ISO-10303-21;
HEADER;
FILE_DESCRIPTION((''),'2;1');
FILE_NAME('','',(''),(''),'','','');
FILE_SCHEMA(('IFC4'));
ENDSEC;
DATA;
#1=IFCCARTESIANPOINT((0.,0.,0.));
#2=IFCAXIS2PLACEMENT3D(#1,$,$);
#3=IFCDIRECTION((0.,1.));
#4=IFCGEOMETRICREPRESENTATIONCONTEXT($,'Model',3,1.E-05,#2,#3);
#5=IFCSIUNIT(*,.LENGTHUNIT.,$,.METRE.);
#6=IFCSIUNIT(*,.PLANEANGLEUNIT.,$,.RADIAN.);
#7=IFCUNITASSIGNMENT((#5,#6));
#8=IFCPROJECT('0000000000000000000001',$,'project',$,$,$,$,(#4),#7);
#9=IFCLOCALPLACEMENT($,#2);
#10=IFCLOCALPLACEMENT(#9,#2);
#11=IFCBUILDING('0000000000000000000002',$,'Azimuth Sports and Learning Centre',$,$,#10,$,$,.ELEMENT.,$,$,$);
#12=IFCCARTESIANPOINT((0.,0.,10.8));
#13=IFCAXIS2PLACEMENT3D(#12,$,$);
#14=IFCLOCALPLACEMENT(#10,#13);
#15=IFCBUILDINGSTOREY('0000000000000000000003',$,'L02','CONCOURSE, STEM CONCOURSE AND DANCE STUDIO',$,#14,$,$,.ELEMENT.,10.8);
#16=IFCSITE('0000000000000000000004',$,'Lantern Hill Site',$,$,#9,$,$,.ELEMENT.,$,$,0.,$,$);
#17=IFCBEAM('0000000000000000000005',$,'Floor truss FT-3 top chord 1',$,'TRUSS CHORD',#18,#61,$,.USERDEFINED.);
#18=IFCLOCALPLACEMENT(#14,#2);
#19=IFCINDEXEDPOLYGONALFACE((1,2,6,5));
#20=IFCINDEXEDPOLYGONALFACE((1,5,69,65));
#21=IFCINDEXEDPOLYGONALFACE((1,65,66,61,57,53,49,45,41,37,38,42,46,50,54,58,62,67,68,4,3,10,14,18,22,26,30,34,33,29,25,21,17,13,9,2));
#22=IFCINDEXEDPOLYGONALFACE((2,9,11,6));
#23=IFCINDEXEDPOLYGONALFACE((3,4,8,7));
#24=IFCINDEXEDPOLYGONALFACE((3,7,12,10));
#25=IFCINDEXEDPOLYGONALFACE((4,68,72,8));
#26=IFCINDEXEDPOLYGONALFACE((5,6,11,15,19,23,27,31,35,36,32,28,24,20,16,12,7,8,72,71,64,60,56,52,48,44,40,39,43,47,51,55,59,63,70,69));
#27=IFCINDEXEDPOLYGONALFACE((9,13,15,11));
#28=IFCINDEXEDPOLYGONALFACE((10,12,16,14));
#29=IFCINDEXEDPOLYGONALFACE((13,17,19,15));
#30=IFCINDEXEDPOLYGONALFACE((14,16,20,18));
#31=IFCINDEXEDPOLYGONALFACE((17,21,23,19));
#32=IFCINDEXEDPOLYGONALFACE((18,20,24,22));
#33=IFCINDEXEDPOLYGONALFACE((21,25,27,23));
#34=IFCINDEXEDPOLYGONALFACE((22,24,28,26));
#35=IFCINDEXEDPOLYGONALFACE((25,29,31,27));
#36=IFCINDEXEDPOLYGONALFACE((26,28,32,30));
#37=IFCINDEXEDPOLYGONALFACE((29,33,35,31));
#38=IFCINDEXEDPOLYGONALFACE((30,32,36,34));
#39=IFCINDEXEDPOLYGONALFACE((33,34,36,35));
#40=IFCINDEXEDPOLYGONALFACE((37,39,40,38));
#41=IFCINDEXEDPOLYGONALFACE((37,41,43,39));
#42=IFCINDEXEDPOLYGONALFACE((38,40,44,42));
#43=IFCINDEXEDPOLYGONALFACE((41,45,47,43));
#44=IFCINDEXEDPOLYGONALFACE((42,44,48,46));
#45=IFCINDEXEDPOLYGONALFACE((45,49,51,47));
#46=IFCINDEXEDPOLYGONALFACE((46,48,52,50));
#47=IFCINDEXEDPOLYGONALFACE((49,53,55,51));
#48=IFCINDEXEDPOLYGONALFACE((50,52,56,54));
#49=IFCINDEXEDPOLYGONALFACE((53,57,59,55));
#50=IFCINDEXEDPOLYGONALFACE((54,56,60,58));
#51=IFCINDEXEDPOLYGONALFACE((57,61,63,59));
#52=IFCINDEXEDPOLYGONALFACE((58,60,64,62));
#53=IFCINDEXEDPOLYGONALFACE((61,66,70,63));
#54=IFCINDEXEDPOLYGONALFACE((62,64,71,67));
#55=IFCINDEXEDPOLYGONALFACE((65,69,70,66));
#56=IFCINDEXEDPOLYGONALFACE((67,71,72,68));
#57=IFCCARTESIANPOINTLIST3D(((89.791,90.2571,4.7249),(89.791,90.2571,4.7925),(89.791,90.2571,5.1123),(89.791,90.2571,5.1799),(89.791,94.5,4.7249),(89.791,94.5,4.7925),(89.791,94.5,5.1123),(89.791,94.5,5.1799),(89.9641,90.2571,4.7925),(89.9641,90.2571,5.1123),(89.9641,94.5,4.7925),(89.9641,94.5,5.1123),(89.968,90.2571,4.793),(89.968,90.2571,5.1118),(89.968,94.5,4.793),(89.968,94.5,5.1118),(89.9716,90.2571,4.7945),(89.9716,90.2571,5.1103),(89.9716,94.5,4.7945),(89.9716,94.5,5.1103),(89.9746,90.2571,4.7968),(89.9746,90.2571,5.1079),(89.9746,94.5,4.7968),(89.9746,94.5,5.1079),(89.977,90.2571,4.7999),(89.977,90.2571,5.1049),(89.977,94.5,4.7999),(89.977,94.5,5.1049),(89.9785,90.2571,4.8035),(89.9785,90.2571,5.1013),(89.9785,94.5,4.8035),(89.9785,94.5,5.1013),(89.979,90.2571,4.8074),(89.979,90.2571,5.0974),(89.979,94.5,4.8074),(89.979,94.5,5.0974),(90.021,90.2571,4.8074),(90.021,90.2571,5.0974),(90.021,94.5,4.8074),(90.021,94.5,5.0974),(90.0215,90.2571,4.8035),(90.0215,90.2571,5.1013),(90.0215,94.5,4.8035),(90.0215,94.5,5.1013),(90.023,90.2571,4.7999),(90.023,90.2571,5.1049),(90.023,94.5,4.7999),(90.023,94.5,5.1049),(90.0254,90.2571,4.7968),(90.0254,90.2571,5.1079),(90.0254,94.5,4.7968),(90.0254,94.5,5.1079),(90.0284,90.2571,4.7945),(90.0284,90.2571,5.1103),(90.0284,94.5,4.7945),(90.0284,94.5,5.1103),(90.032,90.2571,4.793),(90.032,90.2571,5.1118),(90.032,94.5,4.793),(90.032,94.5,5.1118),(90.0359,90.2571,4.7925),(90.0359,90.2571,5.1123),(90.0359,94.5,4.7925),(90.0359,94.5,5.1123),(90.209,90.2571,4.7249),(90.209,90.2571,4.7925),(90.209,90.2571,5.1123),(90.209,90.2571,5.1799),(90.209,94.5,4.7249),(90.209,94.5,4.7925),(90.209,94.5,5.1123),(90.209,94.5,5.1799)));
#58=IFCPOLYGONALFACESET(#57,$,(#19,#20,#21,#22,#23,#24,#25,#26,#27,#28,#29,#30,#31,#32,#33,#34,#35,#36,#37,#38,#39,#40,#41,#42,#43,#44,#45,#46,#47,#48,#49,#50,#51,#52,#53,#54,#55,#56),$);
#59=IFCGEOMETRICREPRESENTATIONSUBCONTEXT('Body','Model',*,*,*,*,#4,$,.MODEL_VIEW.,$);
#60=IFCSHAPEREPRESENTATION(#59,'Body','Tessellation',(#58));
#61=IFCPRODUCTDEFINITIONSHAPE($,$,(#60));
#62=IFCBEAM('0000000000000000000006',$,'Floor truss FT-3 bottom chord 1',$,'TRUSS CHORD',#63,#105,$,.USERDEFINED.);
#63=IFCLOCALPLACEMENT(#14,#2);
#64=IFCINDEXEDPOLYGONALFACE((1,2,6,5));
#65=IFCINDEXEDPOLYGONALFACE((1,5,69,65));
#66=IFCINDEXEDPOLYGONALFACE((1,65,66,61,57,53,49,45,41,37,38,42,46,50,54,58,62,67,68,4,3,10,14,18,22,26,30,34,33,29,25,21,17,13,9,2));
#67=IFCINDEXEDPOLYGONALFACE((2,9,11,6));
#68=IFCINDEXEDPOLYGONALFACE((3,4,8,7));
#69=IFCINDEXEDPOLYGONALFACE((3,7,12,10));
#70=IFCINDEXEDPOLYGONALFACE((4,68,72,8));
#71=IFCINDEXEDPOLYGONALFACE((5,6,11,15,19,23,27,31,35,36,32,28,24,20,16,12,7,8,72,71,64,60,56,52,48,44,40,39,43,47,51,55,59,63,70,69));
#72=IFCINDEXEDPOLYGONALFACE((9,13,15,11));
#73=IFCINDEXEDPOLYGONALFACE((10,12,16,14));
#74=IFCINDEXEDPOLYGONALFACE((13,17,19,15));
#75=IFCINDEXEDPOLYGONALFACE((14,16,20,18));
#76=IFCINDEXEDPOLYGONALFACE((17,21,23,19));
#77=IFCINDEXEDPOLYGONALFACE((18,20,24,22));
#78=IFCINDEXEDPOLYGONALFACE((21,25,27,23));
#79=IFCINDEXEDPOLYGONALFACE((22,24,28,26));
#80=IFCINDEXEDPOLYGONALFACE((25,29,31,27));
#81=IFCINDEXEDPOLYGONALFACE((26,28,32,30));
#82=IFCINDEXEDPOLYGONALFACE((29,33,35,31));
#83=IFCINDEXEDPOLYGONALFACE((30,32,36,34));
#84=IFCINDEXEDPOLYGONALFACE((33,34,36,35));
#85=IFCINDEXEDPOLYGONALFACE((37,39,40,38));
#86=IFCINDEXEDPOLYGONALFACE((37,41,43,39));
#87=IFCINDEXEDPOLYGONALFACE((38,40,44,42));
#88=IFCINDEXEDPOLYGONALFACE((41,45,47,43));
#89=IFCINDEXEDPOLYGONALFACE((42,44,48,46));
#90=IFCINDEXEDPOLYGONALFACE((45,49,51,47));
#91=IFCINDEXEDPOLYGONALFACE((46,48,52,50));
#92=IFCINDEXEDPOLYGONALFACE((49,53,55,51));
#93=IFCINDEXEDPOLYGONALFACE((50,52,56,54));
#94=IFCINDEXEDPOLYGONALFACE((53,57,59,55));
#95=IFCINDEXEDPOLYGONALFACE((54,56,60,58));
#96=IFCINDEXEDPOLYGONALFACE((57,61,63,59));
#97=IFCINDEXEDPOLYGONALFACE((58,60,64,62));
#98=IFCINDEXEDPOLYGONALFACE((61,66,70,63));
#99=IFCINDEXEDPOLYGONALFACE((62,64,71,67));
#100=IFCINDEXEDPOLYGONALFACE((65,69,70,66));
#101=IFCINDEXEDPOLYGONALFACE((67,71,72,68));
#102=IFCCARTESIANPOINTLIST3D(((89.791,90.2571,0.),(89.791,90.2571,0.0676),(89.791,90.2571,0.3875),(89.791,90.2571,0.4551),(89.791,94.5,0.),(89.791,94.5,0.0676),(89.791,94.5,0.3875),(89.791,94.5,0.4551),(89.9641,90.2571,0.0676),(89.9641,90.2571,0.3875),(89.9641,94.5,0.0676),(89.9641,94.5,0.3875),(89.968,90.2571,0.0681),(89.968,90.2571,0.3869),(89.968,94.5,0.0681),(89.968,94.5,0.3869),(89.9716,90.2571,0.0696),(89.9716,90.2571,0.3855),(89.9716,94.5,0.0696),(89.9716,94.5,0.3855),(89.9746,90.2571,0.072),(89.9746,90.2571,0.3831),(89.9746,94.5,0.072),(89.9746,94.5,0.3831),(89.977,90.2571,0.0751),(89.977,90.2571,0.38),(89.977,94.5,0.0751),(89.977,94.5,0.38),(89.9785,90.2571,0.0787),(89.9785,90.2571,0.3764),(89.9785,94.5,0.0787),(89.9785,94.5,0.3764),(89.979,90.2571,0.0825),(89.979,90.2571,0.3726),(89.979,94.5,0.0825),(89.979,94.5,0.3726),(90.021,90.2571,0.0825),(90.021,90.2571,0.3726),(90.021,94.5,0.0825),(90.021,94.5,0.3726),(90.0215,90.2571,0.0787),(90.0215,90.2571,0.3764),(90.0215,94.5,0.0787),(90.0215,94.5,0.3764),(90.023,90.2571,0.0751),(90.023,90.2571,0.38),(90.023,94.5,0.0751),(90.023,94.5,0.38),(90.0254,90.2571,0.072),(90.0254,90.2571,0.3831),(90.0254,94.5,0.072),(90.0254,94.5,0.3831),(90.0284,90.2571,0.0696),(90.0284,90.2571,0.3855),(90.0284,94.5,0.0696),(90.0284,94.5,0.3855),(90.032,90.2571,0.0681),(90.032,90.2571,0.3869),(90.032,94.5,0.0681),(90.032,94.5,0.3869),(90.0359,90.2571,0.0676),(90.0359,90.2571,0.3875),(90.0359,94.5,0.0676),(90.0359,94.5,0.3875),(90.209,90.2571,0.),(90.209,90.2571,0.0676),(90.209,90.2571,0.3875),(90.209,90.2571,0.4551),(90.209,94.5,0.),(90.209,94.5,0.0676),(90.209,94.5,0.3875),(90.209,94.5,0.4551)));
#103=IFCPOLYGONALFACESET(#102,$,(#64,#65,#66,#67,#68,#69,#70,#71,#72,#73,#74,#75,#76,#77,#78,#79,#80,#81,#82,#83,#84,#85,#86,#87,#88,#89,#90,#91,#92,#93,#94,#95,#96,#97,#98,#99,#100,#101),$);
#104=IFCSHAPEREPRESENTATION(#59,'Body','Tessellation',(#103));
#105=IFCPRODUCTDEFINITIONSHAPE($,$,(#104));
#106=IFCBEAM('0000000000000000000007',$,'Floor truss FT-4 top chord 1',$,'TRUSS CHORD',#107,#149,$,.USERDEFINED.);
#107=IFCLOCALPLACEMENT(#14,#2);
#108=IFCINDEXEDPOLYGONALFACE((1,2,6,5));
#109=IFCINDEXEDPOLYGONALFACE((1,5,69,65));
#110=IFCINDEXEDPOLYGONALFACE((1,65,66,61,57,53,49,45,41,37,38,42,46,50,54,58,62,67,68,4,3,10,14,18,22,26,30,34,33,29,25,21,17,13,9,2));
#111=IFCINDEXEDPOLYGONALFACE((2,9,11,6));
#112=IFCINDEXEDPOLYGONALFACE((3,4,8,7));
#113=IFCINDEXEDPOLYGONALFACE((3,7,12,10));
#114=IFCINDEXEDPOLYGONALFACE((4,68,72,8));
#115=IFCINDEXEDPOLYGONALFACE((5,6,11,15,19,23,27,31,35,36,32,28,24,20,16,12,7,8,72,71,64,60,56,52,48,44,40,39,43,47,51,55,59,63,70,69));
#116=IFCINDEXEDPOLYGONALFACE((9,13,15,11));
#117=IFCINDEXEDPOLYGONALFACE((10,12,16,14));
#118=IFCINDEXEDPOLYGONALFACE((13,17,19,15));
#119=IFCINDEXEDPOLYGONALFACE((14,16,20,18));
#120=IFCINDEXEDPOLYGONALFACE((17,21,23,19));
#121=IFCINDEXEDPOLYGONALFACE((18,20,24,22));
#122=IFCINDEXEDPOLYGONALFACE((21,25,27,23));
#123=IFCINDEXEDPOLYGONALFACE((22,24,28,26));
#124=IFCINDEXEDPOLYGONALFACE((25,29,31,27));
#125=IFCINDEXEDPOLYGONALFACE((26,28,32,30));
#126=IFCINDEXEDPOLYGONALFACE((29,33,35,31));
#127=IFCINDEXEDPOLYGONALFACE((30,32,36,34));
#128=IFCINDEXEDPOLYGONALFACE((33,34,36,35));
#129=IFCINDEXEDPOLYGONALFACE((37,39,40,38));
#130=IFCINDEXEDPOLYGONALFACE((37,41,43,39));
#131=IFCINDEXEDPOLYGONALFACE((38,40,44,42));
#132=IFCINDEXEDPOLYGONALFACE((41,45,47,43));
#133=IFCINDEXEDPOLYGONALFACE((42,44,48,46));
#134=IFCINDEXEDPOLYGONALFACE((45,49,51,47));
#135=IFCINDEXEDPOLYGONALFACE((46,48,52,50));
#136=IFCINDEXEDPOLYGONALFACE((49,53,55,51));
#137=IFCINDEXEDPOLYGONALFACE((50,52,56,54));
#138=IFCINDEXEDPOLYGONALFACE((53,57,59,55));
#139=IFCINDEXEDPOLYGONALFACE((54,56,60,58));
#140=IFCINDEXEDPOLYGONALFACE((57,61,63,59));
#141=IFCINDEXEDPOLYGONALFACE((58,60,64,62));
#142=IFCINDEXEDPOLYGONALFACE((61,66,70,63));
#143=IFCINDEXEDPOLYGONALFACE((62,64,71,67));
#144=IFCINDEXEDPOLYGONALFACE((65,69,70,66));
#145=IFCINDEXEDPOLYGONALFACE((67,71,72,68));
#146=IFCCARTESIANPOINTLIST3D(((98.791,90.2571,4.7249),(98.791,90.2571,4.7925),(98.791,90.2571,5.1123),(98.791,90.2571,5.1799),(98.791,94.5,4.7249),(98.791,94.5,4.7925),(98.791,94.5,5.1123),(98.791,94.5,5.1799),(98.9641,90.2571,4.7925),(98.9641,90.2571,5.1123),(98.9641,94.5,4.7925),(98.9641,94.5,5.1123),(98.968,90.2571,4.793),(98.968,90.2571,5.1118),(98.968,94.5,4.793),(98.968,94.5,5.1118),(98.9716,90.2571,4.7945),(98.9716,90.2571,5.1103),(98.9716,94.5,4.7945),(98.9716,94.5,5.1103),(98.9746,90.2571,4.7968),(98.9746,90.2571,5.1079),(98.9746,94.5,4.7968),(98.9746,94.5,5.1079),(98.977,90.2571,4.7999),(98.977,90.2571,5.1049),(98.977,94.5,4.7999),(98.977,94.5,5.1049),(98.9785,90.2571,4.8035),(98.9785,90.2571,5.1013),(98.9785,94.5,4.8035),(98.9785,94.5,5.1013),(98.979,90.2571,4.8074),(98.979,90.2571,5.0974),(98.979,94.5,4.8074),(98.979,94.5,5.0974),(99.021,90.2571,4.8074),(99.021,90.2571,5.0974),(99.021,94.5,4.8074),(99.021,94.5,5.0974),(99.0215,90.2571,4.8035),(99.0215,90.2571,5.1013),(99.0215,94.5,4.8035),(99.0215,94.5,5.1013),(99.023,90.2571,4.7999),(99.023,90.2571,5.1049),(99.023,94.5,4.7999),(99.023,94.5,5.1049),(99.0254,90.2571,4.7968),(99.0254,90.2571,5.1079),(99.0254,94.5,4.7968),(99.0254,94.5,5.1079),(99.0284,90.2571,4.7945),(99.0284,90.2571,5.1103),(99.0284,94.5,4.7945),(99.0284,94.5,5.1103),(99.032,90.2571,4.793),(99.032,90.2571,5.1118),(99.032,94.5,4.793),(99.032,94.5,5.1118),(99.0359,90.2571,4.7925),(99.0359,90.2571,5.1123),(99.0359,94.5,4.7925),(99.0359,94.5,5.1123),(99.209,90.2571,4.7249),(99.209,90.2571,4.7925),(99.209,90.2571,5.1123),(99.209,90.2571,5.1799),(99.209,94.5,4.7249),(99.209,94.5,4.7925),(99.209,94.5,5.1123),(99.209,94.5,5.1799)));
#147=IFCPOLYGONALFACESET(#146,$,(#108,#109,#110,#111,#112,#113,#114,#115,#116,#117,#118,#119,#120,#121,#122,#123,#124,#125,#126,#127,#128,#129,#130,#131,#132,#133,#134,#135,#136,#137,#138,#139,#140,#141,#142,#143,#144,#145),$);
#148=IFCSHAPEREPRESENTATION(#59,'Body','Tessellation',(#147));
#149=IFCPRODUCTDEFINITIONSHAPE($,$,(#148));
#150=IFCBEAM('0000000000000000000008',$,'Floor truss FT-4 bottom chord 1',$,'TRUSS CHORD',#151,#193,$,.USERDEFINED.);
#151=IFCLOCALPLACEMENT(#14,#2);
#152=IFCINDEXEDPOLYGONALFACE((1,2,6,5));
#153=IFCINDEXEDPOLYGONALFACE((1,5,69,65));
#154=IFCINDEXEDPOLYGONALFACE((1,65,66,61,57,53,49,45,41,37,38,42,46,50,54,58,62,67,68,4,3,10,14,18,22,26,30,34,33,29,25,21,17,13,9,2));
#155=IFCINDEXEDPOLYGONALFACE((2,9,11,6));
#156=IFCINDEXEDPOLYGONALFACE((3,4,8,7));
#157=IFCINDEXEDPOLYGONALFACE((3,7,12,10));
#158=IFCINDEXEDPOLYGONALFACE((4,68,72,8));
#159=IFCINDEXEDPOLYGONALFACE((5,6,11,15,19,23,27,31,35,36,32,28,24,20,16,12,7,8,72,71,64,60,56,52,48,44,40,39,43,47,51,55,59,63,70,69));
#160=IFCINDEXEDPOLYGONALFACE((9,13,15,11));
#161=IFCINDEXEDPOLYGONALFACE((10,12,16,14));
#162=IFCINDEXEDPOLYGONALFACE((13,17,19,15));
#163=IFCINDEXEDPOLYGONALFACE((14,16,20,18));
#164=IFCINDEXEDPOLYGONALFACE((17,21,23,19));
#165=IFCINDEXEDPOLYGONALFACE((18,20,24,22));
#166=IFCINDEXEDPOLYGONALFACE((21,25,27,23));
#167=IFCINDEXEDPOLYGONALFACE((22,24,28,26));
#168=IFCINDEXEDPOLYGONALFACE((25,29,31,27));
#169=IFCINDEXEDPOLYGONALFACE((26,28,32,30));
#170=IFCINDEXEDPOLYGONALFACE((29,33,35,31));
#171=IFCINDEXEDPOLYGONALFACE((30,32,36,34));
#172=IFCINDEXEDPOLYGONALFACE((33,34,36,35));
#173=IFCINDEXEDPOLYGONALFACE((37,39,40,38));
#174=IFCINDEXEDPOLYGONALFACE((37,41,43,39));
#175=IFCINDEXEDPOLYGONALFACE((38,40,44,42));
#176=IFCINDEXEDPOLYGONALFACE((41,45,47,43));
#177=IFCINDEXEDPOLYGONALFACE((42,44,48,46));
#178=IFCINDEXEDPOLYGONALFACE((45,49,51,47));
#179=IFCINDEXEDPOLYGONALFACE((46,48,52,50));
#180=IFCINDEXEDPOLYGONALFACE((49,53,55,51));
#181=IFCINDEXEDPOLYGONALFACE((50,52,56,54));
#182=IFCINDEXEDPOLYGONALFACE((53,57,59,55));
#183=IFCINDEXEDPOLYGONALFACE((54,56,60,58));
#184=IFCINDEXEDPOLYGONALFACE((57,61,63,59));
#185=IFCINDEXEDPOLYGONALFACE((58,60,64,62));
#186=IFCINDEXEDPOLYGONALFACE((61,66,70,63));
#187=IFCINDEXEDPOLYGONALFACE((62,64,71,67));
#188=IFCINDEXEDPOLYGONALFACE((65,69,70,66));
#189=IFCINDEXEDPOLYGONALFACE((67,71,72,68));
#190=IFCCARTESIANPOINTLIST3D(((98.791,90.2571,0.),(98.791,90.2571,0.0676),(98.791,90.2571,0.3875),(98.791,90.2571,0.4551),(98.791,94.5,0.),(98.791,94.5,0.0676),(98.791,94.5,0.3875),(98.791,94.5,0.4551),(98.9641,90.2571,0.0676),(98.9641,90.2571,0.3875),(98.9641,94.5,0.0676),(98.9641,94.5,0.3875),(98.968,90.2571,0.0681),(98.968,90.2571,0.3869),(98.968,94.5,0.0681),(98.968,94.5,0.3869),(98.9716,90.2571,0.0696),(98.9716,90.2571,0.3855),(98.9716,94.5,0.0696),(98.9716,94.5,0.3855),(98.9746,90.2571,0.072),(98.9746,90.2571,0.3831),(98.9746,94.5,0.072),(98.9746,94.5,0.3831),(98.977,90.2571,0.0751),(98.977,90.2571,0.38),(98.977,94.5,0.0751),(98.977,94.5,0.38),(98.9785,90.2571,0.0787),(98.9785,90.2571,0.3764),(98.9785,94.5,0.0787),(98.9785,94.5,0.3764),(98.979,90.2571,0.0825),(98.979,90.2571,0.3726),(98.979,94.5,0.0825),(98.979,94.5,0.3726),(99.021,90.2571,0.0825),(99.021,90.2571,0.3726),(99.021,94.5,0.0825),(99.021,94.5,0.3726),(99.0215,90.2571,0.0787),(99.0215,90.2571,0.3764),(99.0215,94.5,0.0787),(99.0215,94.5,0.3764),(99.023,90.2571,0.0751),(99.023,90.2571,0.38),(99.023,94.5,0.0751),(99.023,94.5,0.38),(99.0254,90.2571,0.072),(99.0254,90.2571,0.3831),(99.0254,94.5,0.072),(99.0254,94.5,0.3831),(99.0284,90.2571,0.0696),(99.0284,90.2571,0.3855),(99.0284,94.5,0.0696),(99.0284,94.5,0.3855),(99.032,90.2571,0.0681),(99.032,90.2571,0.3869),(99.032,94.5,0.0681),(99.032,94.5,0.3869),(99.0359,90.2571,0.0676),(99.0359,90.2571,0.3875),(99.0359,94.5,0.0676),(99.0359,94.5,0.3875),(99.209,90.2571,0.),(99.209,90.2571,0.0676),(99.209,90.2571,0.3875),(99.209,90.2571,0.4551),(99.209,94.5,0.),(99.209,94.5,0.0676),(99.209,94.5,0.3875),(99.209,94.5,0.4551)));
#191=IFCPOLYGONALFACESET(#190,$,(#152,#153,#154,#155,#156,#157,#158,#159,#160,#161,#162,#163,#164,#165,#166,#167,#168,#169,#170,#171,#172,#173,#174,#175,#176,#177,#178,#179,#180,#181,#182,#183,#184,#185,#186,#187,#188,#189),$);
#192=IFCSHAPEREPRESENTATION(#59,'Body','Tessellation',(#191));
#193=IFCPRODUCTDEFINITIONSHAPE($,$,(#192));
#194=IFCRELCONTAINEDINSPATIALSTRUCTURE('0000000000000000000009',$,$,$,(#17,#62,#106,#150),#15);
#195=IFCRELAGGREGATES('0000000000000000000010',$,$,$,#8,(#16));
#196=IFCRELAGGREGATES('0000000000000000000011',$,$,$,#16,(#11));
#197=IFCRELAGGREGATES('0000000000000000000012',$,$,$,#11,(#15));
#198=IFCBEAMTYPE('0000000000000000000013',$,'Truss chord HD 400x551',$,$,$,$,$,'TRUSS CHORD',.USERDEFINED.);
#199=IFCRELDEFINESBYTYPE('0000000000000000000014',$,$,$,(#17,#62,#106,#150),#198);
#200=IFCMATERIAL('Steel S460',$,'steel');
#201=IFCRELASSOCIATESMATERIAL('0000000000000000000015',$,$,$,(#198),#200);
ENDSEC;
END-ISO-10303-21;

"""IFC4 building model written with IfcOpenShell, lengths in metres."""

from ifc_helpers import new_model, si_unit, direction, frame, origin, origin_2d, place, context, subcontext, project, spatial, i_section, extrude, material, material_profile, profile_set, type_object, element, save


model = new_model("IFC4")

# Units and contexts
model_context = context("Model", 3, precision=1e-05, world=origin(), true_north=direction((0.0, 1.0)))
body_context = subcontext(model_context, "Body", "Model", "MODEL_VIEW")
ifc_project = project(units=[si_unit("LENGTHUNIT", "METRE"), si_unit("PLANEANGLEUNIT", "RADIAN")], contexts=[model_context])

# Site, building, storey
site_placement = place(None, origin())
site = spatial("IfcSite", under=ifc_project, at=site_placement, Name="Lantern Hill Site", CompositionType="ELEMENT", RefElevation=0.0)
building_placement = place(site_placement, origin())
building = spatial("IfcBuilding", under=site, at=building_placement, Name="Azimuth Sports and Learning Centre", CompositionType="ELEMENT")
storey_placement = place(building_placement, frame((0.0, 0.0, 10.8)))
storey = spatial("IfcBuildingStorey", under=building, at=storey_placement, Name="L02", Description="CONCOURSE, STEM CONCOURSE AND DANCE STUDIO", CompositionType="ELEMENT", Elevation=10.8)

# Beams
ifc_material_1 = material(Name="Steel S460", Category="steel")
ifc_material_profile_1 = material_profile(ifc_material_1, i_section(OverallWidth=0.418, OverallDepth=0.4551, WebThickness=0.042, FlangeThickness=0.0676, FilletRadius=0.0149, at=origin_2d()), Name="HD 400x551")
ifc_profile_set_1 = profile_set([ifc_material_profile_1], Name="Steel S460")
beam_type_1 = type_object("IfcBeamType", Name="Truss chord HD 400x551", ElementType="TRUSS CHORD", PredefinedType="USERDEFINED", material=ifc_profile_set_1)
for number, where, z_axis, x_axis, name in (
    (1, (90.0, 90.2571, 4.9524), (0.0, 1.0, 0.0), (-1.0, 0.0, 0.0), "Floor truss FT-3 top chord 1"),
    (2, (90.0, 90.2571, 0.2275), (0.0, 1.0, 0.0), (-1.0, 0.0, 0.0), "Floor truss FT-3 bottom chord 1"),
    (3, (99.0, 90.2571, 4.9524), (0.0, 1.0, 0.0), (-1.0, 0.0, 0.0), "Floor truss FT-4 top chord 1"),
    (4, (99.0, 90.2571, 0.2275), (0.0, 1.0, 0.0), (-1.0, 0.0, 0.0), "Floor truss FT-4 bottom chord 1"),
):
    element("IfcBeam", number, at=place(storey_placement, frame(where, z_axis=z_axis, x_axis=x_axis)), inside=storey, type_object=beam_type_1, Name=name, ObjectType="TRUSS CHORD", PredefinedType="USERDEFINED", context=body_context, shape_type="SweptSolid", body=[
        extrude(i_section(OverallWidth=0.418, OverallDepth=0.4551, WebThickness=0.042, FlangeThickness=0.0676, FilletRadius=0.0149, at=origin_2d()), origin(), (0.0, 0.0, 1.0), 4.2429),
    ])

save(model, "model.ifc")
